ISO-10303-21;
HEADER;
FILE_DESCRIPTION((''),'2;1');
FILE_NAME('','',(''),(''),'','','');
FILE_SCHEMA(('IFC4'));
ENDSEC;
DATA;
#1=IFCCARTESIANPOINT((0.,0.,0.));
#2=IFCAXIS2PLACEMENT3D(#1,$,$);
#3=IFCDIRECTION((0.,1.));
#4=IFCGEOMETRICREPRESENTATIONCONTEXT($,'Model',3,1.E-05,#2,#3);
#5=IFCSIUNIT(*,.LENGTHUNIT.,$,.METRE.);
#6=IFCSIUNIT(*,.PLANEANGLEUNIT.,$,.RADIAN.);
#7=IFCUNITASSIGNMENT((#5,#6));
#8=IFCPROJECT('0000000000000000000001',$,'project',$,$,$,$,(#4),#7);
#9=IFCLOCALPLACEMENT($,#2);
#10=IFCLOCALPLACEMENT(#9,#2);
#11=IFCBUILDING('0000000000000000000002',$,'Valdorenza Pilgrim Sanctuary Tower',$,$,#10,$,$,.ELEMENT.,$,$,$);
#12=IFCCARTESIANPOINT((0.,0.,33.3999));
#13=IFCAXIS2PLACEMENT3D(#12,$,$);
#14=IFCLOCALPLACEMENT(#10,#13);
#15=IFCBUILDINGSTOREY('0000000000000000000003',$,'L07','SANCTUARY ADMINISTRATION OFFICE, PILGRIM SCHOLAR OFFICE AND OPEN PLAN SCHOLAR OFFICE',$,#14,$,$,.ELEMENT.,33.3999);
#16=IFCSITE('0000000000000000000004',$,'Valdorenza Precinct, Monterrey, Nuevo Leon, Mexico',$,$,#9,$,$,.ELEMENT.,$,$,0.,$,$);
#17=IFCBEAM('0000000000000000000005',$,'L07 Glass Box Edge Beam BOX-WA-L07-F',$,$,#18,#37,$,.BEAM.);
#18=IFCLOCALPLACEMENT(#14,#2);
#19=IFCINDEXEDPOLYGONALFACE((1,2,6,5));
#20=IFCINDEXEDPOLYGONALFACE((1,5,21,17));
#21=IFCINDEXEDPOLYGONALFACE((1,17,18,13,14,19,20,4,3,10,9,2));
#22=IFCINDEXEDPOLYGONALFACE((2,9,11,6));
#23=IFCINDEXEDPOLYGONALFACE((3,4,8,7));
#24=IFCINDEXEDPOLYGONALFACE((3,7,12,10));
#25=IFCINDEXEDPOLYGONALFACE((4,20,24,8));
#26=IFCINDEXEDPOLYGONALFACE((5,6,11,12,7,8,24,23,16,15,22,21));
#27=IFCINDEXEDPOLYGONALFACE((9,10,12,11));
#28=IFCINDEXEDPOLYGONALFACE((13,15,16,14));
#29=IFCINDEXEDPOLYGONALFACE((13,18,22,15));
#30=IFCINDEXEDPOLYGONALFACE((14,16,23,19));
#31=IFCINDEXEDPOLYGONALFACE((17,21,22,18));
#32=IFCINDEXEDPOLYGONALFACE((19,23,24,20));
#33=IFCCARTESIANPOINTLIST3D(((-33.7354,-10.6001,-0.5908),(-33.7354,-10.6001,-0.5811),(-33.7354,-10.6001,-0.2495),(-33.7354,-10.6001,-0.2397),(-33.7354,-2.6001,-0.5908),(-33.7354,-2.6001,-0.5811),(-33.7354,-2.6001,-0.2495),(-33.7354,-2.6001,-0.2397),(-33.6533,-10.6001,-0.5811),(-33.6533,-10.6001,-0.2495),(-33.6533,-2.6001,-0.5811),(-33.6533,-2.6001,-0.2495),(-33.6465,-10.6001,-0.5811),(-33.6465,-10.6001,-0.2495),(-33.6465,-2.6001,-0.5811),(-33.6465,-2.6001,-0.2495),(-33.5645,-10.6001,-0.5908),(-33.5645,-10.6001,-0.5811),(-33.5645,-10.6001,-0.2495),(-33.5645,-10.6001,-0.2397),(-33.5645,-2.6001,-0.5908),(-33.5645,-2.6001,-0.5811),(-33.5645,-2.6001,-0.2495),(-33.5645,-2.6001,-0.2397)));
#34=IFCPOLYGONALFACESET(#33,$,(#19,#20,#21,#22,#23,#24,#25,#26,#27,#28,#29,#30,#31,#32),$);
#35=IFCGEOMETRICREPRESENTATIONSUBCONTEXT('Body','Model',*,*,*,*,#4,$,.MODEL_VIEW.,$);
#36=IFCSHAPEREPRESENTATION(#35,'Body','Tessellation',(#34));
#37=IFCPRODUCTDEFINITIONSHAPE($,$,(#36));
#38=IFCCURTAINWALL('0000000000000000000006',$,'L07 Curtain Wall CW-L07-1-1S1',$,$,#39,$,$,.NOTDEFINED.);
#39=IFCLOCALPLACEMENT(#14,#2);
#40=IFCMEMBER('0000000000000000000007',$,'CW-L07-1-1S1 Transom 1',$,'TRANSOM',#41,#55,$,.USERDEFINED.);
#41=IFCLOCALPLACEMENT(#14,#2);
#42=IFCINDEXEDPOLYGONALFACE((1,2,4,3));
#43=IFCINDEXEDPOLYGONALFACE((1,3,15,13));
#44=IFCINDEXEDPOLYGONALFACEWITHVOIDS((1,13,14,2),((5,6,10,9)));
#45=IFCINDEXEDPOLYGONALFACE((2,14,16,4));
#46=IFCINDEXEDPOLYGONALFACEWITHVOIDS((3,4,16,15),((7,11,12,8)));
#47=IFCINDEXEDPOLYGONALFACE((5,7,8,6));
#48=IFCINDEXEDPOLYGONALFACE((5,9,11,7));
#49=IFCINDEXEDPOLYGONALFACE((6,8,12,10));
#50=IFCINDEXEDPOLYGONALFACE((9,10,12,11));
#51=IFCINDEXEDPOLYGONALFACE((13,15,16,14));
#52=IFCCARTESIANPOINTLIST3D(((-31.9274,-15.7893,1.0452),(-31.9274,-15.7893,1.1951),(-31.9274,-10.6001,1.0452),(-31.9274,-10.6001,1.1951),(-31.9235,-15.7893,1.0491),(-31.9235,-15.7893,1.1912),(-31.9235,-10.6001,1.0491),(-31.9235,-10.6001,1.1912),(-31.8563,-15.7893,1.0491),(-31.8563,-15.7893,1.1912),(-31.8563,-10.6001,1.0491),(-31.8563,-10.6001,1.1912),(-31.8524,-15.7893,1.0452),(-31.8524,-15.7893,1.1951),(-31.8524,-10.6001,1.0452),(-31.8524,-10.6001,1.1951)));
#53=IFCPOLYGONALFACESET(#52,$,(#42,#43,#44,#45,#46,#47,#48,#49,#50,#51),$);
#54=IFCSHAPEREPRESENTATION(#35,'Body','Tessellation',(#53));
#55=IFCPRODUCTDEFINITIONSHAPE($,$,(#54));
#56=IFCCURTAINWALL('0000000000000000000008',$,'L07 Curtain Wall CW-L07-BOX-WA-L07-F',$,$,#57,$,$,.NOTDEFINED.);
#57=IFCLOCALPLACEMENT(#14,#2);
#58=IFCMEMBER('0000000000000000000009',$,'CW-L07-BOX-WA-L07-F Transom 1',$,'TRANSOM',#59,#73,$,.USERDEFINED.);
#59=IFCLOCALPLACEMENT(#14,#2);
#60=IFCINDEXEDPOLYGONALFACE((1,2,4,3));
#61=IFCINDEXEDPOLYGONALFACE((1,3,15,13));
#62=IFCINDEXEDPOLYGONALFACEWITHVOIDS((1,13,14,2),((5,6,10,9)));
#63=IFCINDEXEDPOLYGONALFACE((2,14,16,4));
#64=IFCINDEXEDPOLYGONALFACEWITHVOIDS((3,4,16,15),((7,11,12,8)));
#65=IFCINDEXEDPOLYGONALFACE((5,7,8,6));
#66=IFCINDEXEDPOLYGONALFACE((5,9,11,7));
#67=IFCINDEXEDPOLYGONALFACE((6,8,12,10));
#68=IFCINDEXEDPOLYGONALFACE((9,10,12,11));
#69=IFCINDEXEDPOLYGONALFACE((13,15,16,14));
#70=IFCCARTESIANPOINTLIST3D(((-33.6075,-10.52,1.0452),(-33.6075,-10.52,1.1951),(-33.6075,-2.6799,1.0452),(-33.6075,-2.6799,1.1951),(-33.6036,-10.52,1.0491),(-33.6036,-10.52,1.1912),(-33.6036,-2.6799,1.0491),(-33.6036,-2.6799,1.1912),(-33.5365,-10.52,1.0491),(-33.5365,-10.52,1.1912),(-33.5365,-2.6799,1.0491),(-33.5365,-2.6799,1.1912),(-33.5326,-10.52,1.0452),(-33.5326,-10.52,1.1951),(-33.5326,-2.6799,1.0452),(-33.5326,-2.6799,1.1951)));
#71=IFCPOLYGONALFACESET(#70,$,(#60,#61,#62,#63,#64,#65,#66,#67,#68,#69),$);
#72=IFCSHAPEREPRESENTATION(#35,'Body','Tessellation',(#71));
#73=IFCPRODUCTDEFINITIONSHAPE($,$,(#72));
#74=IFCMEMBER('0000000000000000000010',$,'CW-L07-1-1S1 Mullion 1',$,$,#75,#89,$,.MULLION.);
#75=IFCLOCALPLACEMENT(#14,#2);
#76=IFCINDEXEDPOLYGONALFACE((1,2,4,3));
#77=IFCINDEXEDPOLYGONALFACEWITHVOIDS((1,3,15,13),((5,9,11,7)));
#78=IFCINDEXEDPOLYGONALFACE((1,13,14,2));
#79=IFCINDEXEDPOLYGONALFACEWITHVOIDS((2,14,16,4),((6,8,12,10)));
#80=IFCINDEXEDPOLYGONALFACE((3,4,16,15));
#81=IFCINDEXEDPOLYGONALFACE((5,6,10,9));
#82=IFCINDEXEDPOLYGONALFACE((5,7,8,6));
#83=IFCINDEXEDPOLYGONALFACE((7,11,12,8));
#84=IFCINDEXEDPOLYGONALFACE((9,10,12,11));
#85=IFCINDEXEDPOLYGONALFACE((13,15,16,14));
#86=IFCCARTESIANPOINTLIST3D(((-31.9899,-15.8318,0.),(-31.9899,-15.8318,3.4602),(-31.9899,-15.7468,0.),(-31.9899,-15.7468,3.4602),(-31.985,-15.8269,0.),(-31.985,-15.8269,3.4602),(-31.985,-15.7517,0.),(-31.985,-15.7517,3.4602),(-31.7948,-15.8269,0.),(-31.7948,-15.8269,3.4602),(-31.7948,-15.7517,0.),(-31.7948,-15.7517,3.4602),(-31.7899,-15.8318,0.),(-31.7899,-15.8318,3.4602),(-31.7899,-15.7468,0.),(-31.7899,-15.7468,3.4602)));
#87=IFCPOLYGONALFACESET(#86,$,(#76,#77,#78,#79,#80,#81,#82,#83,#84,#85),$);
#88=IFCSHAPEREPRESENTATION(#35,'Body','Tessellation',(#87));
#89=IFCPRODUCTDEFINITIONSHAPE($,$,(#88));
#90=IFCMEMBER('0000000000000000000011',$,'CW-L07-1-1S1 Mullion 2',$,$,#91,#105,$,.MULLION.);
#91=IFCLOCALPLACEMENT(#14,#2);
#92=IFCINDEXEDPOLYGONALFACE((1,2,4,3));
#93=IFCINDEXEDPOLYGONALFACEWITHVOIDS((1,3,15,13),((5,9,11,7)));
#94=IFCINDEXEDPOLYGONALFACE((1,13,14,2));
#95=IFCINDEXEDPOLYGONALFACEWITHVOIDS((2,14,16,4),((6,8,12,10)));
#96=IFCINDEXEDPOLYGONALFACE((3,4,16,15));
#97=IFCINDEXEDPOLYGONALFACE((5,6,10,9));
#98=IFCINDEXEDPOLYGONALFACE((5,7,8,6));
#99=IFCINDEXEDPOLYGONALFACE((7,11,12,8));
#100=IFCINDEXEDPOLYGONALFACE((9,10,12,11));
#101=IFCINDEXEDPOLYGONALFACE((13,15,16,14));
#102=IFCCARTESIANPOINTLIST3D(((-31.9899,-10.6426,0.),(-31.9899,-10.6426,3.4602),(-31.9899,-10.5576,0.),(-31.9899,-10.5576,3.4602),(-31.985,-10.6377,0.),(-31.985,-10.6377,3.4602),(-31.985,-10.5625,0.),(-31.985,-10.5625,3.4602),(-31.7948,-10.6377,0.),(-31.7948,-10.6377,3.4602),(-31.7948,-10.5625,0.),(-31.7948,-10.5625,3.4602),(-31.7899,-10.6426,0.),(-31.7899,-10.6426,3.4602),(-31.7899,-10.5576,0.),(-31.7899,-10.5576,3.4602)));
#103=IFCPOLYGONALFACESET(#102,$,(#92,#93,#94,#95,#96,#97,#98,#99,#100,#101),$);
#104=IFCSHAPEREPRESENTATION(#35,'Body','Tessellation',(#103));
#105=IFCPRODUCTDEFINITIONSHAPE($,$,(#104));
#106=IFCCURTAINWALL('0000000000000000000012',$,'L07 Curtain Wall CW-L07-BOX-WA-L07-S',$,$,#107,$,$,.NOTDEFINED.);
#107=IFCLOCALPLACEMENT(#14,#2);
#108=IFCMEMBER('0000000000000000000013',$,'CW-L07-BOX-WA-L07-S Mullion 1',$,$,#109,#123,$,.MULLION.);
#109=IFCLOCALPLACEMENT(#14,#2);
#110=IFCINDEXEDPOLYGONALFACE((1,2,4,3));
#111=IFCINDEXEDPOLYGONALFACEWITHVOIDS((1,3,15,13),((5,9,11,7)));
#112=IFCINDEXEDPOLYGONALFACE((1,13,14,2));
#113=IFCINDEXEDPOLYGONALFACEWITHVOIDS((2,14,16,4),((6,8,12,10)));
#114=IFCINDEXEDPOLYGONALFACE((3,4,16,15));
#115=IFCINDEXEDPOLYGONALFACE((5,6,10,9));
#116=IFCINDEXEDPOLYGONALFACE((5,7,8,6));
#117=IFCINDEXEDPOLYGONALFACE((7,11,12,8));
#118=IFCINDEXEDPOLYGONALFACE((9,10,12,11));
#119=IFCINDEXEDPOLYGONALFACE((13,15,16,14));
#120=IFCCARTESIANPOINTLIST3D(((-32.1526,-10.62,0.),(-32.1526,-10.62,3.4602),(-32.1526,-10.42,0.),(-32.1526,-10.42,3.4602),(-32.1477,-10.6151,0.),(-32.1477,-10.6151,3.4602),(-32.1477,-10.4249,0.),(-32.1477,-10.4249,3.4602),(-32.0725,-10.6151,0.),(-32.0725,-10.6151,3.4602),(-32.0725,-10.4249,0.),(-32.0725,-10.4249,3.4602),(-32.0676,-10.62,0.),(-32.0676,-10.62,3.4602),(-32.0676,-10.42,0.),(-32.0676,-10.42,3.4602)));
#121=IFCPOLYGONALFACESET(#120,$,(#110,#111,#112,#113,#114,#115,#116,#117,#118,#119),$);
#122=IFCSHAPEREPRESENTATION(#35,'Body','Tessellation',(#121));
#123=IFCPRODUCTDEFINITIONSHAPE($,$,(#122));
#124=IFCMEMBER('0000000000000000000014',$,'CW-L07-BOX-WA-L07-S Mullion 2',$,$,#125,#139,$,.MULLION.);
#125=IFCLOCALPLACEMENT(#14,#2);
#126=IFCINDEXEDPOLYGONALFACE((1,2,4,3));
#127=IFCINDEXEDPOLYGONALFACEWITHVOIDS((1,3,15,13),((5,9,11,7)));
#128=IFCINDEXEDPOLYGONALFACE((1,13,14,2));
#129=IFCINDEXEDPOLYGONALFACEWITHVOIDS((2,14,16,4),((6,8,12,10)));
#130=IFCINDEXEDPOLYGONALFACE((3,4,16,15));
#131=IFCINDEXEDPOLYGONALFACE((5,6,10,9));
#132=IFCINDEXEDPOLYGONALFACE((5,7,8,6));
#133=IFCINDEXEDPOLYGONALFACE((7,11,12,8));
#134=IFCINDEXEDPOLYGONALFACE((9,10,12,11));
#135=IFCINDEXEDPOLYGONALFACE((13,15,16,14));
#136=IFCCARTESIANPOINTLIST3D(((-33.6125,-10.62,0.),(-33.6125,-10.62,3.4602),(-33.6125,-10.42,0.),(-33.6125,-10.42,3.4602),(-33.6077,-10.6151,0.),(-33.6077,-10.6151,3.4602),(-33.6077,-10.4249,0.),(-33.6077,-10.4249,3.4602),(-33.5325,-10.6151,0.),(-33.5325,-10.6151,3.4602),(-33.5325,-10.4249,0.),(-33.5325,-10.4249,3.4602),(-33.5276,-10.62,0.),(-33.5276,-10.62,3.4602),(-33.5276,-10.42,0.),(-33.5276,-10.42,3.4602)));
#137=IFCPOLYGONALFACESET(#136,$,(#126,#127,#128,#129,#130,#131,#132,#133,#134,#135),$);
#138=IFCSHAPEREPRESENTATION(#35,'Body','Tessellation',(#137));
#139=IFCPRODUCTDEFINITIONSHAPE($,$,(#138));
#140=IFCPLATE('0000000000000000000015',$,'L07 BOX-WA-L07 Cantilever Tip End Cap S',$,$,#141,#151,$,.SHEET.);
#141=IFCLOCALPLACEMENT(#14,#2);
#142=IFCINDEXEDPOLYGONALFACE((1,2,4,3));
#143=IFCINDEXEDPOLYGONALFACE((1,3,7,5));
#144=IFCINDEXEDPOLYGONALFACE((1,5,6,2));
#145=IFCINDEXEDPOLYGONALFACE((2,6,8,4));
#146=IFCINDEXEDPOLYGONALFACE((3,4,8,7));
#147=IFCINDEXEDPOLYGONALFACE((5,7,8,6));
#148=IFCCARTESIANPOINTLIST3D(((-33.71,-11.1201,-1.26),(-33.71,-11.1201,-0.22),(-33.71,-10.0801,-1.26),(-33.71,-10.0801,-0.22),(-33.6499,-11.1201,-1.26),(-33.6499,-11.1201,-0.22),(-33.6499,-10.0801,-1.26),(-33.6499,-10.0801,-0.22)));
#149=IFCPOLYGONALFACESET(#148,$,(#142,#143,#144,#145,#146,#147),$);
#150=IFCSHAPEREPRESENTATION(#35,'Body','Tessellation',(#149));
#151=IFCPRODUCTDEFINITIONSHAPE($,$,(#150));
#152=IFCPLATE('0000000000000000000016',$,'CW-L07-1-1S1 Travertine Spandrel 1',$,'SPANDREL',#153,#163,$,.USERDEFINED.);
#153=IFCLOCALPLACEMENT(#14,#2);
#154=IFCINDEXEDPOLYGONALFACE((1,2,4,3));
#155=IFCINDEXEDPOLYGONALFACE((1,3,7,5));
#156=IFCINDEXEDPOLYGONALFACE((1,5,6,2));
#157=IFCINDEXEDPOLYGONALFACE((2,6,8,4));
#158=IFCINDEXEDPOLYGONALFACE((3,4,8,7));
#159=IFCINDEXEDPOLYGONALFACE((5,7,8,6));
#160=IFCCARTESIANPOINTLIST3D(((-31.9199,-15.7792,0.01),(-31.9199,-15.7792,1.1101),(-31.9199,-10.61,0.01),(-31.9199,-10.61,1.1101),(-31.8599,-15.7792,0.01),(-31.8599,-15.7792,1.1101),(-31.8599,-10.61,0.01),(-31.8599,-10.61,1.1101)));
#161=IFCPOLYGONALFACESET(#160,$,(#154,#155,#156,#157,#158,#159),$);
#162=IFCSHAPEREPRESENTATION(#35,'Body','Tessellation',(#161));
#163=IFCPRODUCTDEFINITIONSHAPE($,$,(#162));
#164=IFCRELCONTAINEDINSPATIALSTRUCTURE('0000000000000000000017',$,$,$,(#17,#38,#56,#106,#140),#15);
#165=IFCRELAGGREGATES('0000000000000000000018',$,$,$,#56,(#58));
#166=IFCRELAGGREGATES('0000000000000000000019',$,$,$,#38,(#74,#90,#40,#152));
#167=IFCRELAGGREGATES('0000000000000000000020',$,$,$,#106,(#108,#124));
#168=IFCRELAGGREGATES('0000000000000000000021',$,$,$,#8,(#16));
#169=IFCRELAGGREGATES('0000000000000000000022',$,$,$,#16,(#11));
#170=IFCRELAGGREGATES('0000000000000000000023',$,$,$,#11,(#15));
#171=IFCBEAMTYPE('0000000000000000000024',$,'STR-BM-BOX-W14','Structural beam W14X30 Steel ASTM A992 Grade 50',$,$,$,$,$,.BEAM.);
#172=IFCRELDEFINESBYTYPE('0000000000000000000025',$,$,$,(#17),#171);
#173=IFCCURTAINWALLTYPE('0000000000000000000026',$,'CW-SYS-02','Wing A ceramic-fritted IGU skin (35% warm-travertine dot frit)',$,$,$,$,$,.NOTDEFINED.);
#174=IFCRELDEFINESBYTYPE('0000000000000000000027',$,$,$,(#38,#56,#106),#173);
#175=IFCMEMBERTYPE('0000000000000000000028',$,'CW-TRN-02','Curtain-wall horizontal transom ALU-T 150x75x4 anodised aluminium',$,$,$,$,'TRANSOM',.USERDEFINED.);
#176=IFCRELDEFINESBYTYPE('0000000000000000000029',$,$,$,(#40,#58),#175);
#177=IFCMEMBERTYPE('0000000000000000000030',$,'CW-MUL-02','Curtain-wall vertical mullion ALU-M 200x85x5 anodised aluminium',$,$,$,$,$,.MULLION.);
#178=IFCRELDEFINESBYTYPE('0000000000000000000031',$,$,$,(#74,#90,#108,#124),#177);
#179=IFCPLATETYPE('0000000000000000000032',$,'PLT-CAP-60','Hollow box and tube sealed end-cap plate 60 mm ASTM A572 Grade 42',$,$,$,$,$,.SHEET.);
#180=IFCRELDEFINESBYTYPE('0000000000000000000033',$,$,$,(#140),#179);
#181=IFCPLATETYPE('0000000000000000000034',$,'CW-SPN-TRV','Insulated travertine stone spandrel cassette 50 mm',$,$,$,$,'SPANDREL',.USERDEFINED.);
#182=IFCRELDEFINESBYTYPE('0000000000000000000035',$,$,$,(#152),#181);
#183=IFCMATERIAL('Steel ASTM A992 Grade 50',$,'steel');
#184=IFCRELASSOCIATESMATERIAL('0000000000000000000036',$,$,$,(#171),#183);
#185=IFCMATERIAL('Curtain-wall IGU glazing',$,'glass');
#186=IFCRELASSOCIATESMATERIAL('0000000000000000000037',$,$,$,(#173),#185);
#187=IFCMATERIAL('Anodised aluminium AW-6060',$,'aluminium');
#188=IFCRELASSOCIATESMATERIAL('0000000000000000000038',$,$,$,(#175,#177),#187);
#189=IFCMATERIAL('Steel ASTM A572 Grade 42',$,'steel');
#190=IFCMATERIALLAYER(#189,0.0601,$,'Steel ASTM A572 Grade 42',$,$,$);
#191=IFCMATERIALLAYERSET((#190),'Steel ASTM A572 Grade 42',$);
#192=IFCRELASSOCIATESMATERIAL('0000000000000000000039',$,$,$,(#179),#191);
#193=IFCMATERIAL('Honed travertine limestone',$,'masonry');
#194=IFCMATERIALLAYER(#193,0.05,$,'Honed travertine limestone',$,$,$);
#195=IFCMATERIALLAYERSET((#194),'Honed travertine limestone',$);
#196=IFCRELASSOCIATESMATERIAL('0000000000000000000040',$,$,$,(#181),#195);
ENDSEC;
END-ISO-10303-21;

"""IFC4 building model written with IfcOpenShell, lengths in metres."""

from ifc_helpers import new_model, si_unit, direction, frame, origin, origin_2d, place, context, subcontext, project, spatial, rectangle, hollow_rectangle, i_section, extrude, source, transform, mapped, material, layer, layer_set, material_profile, profile_set, type_object, element, aggregate, save


model = new_model("IFC4")

# Units and contexts
model_context = context("Model", 3, precision=1e-05, world=origin(), true_north=direction((0.0, 1.0)))
body_context = subcontext(model_context, "Body", "Model", "MODEL_VIEW")
ifc_project = project(units=[si_unit("LENGTHUNIT", "METRE"), si_unit("PLANEANGLEUNIT", "RADIAN")], contexts=[model_context])

# Site, building, storey
site_placement = place(None, origin())
site = spatial("IfcSite", under=ifc_project, at=site_placement, Name="Valdorenza Precinct, Monterrey, Nuevo Leon, Mexico", CompositionType="ELEMENT", RefElevation=0.0)
building_placement = place(site_placement, origin())
building = spatial("IfcBuilding", under=site, at=building_placement, Name="Valdorenza Pilgrim Sanctuary Tower", CompositionType="ELEMENT")
storey_placement = place(building_placement, frame((0.0, 0.0, 33.3999)))
storey = spatial("IfcBuildingStorey", under=building, at=storey_placement, Name="L07", Description="SANCTUARY ADMINISTRATION OFFICE, PILGRIM SCHOLAR OFFICE AND OPEN PLAN SCHOLAR OFFICE", CompositionType="ELEMENT", Elevation=33.3999)

# Beam
ifc_material_1 = material(Name="Steel ASTM A992 Grade 50", Category="steel")
ifc_material_profile_1 = material_profile(ifc_material_1, i_section(OverallWidth=0.1709, OverallDepth=0.3511, WebThickness=0.0068, FlangeThickness=0.0098, at=origin_2d()), Name="W14X30")
ifc_profile_set_1 = profile_set([ifc_material_profile_1], Name="Steel ASTM A992 Grade 50")
beam_type = type_object("IfcBeamType", Name="STR-BM-BOX-W14", Description="Structural beam W14X30 Steel ASTM A992 Grade 50", PredefinedType="BEAM", material=ifc_profile_set_1)
shared_shape_1 = source(origin(), body_context, "Body", "SweptSolid", [
    extrude(i_section(OverallWidth=0.1709, OverallDepth=0.3511, WebThickness=0.0068, FlangeThickness=0.0098, at=origin_2d()), origin(), (0.0, 0.0, 1.0), 8.0),
])
beam_placement = place(storey_placement, frame((-33.6499, -10.6001, -0.4153), z_axis=(0.0, 1.0, 0.0), x_axis=(-1.0, 0.0, 0.0)))
element("IfcBeam", 1, at=beam_placement, inside=storey, type_object=beam_type, Name="L07 Glass Box Edge Beam BOX-WA-L07-F", PredefinedType="BEAM", context=body_context, shape_type="MappedRepresentation", body=[
    mapped(shared_shape_1, transform((0.0, 0.0, 0.0), x_axis=(1.0, 0.0, 0.0), y_axis=(0.0, 1.0, 0.0), z_axis=(0.0, 0.0, 1.0), scale=1.0)),
])

# Curtain walls, members
ifc_material_2 = material(Name="Curtain-wall IGU glazing", Category="glass")
curtain_wall_type = type_object("IfcCurtainWallType", Name="CW-SYS-02", Description="Wing A ceramic-fritted IGU skin (35% warm-travertine dot frit)", PredefinedType="NOTDEFINED", material=ifc_material_2)
curtain_wall_1_placement = place(storey_placement, origin())
curtain_wall_1 = element("IfcCurtainWall", 2, at=curtain_wall_1_placement, inside=storey, type_object=curtain_wall_type, Name="L07 Curtain Wall CW-L07-1-1S1", PredefinedType="NOTDEFINED")
ifc_material_3 = material(Name="Anodised aluminium AW-6060", Category="aluminium")
ifc_material_profile_2 = material_profile(ifc_material_3, hollow_rectangle(XDim=0.075, YDim=0.1499, WallThickness=0.0039, at=origin_2d()), Name="ALU-T 150x75x4")
ifc_profile_set_2 = profile_set([ifc_material_profile_2], Name="Anodised aluminium AW-6060")
member_type_1 = type_object("IfcMemberType", Name="CW-TRN-02", Description="Curtain-wall horizontal transom ALU-T 150x75x4 anodised aluminium", ElementType="TRANSOM", PredefinedType="USERDEFINED", material=ifc_profile_set_2)
shared_shape_2 = source(origin(), body_context, "Body", "SweptSolid", [
    extrude(hollow_rectangle(XDim=0.075, YDim=0.1499, WallThickness=0.0039, at=origin_2d()), origin(), (0.0, 0.0, 1.0), 5.1892),
])
member_1_placement = place(storey_placement, frame((-31.8899, -15.7893, 1.1201), z_axis=(0.0, 1.0, 0.0), x_axis=(-1.0, 0.0, 0.0)))
member_1 = element("IfcMember", 3, at=member_1_placement, type_object=member_type_1, Name="CW-L07-1-1S1 Transom 1", ObjectType="TRANSOM", PredefinedType="USERDEFINED", context=body_context, shape_type="MappedRepresentation", body=[
    mapped(shared_shape_2, transform((0.0, 0.0, 0.0), x_axis=(1.0, 0.0, 0.0), y_axis=(0.0, 1.0, 0.0), z_axis=(0.0, 0.0, 1.0), scale=1.0)),
])
curtain_wall_2_placement = place(storey_placement, origin())
curtain_wall_2 = element("IfcCurtainWall", 4, at=curtain_wall_2_placement, inside=storey, type_object=curtain_wall_type, Name="L07 Curtain Wall CW-L07-BOX-WA-L07-F", PredefinedType="NOTDEFINED")
shared_shape_3 = source(origin(), body_context, "Body", "SweptSolid", [
    extrude(hollow_rectangle(XDim=0.075, YDim=0.1499, WallThickness=0.0039, at=origin_2d()), origin(), (0.0, 0.0, 1.0), 7.8401),
])
member_2_placement = place(storey_placement, frame((-33.5701, -10.52, 1.1201), z_axis=(0.0, 1.0, 0.0), x_axis=(-1.0, 0.0, 0.0)))
member_2 = element("IfcMember", 5, at=member_2_placement, type_object=member_type_1, Name="CW-L07-BOX-WA-L07-F Transom 1", ObjectType="TRANSOM", PredefinedType="USERDEFINED", context=body_context, shape_type="MappedRepresentation", body=[
    mapped(shared_shape_3, transform((0.0, 0.0, 0.0), x_axis=(1.0, 0.0, 0.0), y_axis=(0.0, 1.0, 0.0), z_axis=(0.0, 0.0, 1.0), scale=1.0)),
])
aggregate(curtain_wall_2, [member_2])

# Members
ifc_material_profile_3 = material_profile(ifc_material_3, hollow_rectangle(XDim=0.085, YDim=0.2, WallThickness=0.0049, at=origin_2d()), Name="ALU-M 200x85x5")
ifc_profile_set_3 = profile_set([ifc_material_profile_3], Name="Anodised aluminium AW-6060")
member_type_2 = type_object("IfcMemberType", Name="CW-MUL-02", Description="Curtain-wall vertical mullion ALU-M 200x85x5 anodised aluminium", PredefinedType="MULLION", material=ifc_profile_set_3)
shared_shape_4 = source(origin(), body_context, "Body", "SweptSolid", [
    extrude(hollow_rectangle(XDim=0.085, YDim=0.2, WallThickness=0.0049, at=origin_2d()), origin(), (0.0, 0.0, 1.0), 3.4602),
])
member_3_placement = place(storey_placement, frame((-31.8899, -15.7893, 0.0), z_axis=(0.0, 0.0, 1.0), x_axis=(0.0, 1.0, 0.0)))
member_3 = element("IfcMember", 6, at=member_3_placement, type_object=member_type_2, Name="CW-L07-1-1S1 Mullion 1", PredefinedType="MULLION", context=body_context, shape_type="MappedRepresentation", body=[
    mapped(shared_shape_4, transform((0.0, 0.0, 0.0), x_axis=(1.0, 0.0, 0.0), y_axis=(0.0, 1.0, 0.0), z_axis=(0.0, 0.0, 1.0), scale=1.0)),
])
member_4_placement = place(storey_placement, frame((-31.8899, -10.6001, 0.0), z_axis=(0.0, 0.0, 1.0), x_axis=(0.0, 1.0, 0.0)))
member_4 = element("IfcMember", 7, at=member_4_placement, type_object=member_type_2, Name="CW-L07-1-1S1 Mullion 2", PredefinedType="MULLION", context=body_context, shape_type="MappedRepresentation", body=[
    mapped(shared_shape_4, transform((0.0, 0.0, 0.0), x_axis=(1.0, 0.0, 0.0), y_axis=(0.0, 1.0, 0.0), z_axis=(0.0, 0.0, 1.0), scale=1.0)),
])

# Curtain wall, members
curtain_wall_3_placement = place(storey_placement, origin())
curtain_wall_3 = element("IfcCurtainWall", 8, at=curtain_wall_3_placement, inside=storey, type_object=curtain_wall_type, Name="L07 Curtain Wall CW-L07-BOX-WA-L07-S", PredefinedType="NOTDEFINED")
member_5_placement = place(storey_placement, frame((-32.1101, -10.52, 0.0), z_axis=(0.0, 0.0, 1.0), x_axis=(-1.0, 0.0, 0.0)))
member_5 = element("IfcMember", 9, at=member_5_placement, type_object=member_type_2, Name="CW-L07-BOX-WA-L07-S Mullion 1", PredefinedType="MULLION", context=body_context, shape_type="MappedRepresentation", body=[
    mapped(shared_shape_4, transform((0.0, 0.0, 0.0), x_axis=(1.0, 0.0, 0.0), y_axis=(0.0, 1.0, 0.0), z_axis=(0.0, 0.0, 1.0), scale=1.0)),
])
member_6_placement = place(storey_placement, frame((-33.5701, -10.52, 0.0), z_axis=(0.0, 0.0, 1.0), x_axis=(-1.0, 0.0, 0.0)))
member_6 = element("IfcMember", 10, at=member_6_placement, type_object=member_type_2, Name="CW-L07-BOX-WA-L07-S Mullion 2", PredefinedType="MULLION", context=body_context, shape_type="MappedRepresentation", body=[
    mapped(shared_shape_4, transform((0.0, 0.0, 0.0), x_axis=(1.0, 0.0, 0.0), y_axis=(0.0, 1.0, 0.0), z_axis=(0.0, 0.0, 1.0), scale=1.0)),
])

# Plates
ifc_material_4 = material(Name="Steel ASTM A572 Grade 42", Category="steel")
ifc_layer_1 = layer(ifc_material_4, 0.0601, Name="Steel ASTM A572 Grade 42")
ifc_layer_set_1 = layer_set([ifc_layer_1], Name="Steel ASTM A572 Grade 42")
plate_type_1 = type_object("IfcPlateType", Name="PLT-CAP-60", Description="Hollow box and tube sealed end-cap plate 60 mm ASTM A572 Grade 42", PredefinedType="SHEET", material=ifc_layer_set_1)
shared_shape_5 = source(origin(), body_context, "Body", "SweptSolid", [
    extrude(rectangle(XDim=0.0601, YDim=1.04, at=origin_2d()), origin(), (0.0, 0.0, 1.0), 1.04),
])
plate_1_placement = place(storey_placement, frame((-33.6799, -10.6001, -1.26), z_axis=(0.0, 0.0, 1.0), x_axis=(1.0, 0.0, 0.0)))
element("IfcPlate", 11, at=plate_1_placement, inside=storey, type_object=plate_type_1, Name="L07 BOX-WA-L07 Cantilever Tip End Cap S", PredefinedType="SHEET", context=body_context, shape_type="MappedRepresentation", body=[
    mapped(shared_shape_5, transform((0.0, 0.0, 0.0), x_axis=(1.0, 0.0, 0.0), y_axis=(0.0, 1.0, 0.0), z_axis=(0.0, 0.0, 1.0), scale=1.0)),
])
ifc_material_5 = material(Name="Honed travertine limestone", Category="masonry")
ifc_layer_2 = layer(ifc_material_5, 0.05, Name="Honed travertine limestone")
ifc_layer_set_2 = layer_set([ifc_layer_2], Name="Honed travertine limestone")
plate_type_2 = type_object("IfcPlateType", Name="CW-SPN-TRV", Description="Insulated travertine stone spandrel cassette 50 mm", ElementType="SPANDREL", PredefinedType="USERDEFINED", material=ifc_layer_set_2)
shared_shape_6 = source(origin(), body_context, "Body", "SweptSolid", [
    extrude(rectangle(XDim=5.1692, YDim=0.0601, at=origin_2d()), origin(), (0.0, 0.0, 1.0), 1.1001),
])
plate_2_placement = place(storey_placement, frame((-31.8899, -13.1946, 0.01), z_axis=(0.0, 0.0, 1.0), x_axis=(0.0, 1.0, 0.0)))
plate_2 = element("IfcPlate", 12, at=plate_2_placement, type_object=plate_type_2, Name="CW-L07-1-1S1 Travertine Spandrel 1", ObjectType="SPANDREL", PredefinedType="USERDEFINED", context=body_context, shape_type="MappedRepresentation", body=[
    mapped(shared_shape_6, transform((0.0, 0.0, 0.0), x_axis=(1.0, 0.0, 0.0), y_axis=(0.0, 1.0, 0.0), z_axis=(0.0, 0.0, 1.0), scale=1.0)),
])
aggregate(curtain_wall_1, [member_3, member_4, member_1, plate_2])
aggregate(curtain_wall_3, [member_5, member_6])

save(model, "model.ifc")
